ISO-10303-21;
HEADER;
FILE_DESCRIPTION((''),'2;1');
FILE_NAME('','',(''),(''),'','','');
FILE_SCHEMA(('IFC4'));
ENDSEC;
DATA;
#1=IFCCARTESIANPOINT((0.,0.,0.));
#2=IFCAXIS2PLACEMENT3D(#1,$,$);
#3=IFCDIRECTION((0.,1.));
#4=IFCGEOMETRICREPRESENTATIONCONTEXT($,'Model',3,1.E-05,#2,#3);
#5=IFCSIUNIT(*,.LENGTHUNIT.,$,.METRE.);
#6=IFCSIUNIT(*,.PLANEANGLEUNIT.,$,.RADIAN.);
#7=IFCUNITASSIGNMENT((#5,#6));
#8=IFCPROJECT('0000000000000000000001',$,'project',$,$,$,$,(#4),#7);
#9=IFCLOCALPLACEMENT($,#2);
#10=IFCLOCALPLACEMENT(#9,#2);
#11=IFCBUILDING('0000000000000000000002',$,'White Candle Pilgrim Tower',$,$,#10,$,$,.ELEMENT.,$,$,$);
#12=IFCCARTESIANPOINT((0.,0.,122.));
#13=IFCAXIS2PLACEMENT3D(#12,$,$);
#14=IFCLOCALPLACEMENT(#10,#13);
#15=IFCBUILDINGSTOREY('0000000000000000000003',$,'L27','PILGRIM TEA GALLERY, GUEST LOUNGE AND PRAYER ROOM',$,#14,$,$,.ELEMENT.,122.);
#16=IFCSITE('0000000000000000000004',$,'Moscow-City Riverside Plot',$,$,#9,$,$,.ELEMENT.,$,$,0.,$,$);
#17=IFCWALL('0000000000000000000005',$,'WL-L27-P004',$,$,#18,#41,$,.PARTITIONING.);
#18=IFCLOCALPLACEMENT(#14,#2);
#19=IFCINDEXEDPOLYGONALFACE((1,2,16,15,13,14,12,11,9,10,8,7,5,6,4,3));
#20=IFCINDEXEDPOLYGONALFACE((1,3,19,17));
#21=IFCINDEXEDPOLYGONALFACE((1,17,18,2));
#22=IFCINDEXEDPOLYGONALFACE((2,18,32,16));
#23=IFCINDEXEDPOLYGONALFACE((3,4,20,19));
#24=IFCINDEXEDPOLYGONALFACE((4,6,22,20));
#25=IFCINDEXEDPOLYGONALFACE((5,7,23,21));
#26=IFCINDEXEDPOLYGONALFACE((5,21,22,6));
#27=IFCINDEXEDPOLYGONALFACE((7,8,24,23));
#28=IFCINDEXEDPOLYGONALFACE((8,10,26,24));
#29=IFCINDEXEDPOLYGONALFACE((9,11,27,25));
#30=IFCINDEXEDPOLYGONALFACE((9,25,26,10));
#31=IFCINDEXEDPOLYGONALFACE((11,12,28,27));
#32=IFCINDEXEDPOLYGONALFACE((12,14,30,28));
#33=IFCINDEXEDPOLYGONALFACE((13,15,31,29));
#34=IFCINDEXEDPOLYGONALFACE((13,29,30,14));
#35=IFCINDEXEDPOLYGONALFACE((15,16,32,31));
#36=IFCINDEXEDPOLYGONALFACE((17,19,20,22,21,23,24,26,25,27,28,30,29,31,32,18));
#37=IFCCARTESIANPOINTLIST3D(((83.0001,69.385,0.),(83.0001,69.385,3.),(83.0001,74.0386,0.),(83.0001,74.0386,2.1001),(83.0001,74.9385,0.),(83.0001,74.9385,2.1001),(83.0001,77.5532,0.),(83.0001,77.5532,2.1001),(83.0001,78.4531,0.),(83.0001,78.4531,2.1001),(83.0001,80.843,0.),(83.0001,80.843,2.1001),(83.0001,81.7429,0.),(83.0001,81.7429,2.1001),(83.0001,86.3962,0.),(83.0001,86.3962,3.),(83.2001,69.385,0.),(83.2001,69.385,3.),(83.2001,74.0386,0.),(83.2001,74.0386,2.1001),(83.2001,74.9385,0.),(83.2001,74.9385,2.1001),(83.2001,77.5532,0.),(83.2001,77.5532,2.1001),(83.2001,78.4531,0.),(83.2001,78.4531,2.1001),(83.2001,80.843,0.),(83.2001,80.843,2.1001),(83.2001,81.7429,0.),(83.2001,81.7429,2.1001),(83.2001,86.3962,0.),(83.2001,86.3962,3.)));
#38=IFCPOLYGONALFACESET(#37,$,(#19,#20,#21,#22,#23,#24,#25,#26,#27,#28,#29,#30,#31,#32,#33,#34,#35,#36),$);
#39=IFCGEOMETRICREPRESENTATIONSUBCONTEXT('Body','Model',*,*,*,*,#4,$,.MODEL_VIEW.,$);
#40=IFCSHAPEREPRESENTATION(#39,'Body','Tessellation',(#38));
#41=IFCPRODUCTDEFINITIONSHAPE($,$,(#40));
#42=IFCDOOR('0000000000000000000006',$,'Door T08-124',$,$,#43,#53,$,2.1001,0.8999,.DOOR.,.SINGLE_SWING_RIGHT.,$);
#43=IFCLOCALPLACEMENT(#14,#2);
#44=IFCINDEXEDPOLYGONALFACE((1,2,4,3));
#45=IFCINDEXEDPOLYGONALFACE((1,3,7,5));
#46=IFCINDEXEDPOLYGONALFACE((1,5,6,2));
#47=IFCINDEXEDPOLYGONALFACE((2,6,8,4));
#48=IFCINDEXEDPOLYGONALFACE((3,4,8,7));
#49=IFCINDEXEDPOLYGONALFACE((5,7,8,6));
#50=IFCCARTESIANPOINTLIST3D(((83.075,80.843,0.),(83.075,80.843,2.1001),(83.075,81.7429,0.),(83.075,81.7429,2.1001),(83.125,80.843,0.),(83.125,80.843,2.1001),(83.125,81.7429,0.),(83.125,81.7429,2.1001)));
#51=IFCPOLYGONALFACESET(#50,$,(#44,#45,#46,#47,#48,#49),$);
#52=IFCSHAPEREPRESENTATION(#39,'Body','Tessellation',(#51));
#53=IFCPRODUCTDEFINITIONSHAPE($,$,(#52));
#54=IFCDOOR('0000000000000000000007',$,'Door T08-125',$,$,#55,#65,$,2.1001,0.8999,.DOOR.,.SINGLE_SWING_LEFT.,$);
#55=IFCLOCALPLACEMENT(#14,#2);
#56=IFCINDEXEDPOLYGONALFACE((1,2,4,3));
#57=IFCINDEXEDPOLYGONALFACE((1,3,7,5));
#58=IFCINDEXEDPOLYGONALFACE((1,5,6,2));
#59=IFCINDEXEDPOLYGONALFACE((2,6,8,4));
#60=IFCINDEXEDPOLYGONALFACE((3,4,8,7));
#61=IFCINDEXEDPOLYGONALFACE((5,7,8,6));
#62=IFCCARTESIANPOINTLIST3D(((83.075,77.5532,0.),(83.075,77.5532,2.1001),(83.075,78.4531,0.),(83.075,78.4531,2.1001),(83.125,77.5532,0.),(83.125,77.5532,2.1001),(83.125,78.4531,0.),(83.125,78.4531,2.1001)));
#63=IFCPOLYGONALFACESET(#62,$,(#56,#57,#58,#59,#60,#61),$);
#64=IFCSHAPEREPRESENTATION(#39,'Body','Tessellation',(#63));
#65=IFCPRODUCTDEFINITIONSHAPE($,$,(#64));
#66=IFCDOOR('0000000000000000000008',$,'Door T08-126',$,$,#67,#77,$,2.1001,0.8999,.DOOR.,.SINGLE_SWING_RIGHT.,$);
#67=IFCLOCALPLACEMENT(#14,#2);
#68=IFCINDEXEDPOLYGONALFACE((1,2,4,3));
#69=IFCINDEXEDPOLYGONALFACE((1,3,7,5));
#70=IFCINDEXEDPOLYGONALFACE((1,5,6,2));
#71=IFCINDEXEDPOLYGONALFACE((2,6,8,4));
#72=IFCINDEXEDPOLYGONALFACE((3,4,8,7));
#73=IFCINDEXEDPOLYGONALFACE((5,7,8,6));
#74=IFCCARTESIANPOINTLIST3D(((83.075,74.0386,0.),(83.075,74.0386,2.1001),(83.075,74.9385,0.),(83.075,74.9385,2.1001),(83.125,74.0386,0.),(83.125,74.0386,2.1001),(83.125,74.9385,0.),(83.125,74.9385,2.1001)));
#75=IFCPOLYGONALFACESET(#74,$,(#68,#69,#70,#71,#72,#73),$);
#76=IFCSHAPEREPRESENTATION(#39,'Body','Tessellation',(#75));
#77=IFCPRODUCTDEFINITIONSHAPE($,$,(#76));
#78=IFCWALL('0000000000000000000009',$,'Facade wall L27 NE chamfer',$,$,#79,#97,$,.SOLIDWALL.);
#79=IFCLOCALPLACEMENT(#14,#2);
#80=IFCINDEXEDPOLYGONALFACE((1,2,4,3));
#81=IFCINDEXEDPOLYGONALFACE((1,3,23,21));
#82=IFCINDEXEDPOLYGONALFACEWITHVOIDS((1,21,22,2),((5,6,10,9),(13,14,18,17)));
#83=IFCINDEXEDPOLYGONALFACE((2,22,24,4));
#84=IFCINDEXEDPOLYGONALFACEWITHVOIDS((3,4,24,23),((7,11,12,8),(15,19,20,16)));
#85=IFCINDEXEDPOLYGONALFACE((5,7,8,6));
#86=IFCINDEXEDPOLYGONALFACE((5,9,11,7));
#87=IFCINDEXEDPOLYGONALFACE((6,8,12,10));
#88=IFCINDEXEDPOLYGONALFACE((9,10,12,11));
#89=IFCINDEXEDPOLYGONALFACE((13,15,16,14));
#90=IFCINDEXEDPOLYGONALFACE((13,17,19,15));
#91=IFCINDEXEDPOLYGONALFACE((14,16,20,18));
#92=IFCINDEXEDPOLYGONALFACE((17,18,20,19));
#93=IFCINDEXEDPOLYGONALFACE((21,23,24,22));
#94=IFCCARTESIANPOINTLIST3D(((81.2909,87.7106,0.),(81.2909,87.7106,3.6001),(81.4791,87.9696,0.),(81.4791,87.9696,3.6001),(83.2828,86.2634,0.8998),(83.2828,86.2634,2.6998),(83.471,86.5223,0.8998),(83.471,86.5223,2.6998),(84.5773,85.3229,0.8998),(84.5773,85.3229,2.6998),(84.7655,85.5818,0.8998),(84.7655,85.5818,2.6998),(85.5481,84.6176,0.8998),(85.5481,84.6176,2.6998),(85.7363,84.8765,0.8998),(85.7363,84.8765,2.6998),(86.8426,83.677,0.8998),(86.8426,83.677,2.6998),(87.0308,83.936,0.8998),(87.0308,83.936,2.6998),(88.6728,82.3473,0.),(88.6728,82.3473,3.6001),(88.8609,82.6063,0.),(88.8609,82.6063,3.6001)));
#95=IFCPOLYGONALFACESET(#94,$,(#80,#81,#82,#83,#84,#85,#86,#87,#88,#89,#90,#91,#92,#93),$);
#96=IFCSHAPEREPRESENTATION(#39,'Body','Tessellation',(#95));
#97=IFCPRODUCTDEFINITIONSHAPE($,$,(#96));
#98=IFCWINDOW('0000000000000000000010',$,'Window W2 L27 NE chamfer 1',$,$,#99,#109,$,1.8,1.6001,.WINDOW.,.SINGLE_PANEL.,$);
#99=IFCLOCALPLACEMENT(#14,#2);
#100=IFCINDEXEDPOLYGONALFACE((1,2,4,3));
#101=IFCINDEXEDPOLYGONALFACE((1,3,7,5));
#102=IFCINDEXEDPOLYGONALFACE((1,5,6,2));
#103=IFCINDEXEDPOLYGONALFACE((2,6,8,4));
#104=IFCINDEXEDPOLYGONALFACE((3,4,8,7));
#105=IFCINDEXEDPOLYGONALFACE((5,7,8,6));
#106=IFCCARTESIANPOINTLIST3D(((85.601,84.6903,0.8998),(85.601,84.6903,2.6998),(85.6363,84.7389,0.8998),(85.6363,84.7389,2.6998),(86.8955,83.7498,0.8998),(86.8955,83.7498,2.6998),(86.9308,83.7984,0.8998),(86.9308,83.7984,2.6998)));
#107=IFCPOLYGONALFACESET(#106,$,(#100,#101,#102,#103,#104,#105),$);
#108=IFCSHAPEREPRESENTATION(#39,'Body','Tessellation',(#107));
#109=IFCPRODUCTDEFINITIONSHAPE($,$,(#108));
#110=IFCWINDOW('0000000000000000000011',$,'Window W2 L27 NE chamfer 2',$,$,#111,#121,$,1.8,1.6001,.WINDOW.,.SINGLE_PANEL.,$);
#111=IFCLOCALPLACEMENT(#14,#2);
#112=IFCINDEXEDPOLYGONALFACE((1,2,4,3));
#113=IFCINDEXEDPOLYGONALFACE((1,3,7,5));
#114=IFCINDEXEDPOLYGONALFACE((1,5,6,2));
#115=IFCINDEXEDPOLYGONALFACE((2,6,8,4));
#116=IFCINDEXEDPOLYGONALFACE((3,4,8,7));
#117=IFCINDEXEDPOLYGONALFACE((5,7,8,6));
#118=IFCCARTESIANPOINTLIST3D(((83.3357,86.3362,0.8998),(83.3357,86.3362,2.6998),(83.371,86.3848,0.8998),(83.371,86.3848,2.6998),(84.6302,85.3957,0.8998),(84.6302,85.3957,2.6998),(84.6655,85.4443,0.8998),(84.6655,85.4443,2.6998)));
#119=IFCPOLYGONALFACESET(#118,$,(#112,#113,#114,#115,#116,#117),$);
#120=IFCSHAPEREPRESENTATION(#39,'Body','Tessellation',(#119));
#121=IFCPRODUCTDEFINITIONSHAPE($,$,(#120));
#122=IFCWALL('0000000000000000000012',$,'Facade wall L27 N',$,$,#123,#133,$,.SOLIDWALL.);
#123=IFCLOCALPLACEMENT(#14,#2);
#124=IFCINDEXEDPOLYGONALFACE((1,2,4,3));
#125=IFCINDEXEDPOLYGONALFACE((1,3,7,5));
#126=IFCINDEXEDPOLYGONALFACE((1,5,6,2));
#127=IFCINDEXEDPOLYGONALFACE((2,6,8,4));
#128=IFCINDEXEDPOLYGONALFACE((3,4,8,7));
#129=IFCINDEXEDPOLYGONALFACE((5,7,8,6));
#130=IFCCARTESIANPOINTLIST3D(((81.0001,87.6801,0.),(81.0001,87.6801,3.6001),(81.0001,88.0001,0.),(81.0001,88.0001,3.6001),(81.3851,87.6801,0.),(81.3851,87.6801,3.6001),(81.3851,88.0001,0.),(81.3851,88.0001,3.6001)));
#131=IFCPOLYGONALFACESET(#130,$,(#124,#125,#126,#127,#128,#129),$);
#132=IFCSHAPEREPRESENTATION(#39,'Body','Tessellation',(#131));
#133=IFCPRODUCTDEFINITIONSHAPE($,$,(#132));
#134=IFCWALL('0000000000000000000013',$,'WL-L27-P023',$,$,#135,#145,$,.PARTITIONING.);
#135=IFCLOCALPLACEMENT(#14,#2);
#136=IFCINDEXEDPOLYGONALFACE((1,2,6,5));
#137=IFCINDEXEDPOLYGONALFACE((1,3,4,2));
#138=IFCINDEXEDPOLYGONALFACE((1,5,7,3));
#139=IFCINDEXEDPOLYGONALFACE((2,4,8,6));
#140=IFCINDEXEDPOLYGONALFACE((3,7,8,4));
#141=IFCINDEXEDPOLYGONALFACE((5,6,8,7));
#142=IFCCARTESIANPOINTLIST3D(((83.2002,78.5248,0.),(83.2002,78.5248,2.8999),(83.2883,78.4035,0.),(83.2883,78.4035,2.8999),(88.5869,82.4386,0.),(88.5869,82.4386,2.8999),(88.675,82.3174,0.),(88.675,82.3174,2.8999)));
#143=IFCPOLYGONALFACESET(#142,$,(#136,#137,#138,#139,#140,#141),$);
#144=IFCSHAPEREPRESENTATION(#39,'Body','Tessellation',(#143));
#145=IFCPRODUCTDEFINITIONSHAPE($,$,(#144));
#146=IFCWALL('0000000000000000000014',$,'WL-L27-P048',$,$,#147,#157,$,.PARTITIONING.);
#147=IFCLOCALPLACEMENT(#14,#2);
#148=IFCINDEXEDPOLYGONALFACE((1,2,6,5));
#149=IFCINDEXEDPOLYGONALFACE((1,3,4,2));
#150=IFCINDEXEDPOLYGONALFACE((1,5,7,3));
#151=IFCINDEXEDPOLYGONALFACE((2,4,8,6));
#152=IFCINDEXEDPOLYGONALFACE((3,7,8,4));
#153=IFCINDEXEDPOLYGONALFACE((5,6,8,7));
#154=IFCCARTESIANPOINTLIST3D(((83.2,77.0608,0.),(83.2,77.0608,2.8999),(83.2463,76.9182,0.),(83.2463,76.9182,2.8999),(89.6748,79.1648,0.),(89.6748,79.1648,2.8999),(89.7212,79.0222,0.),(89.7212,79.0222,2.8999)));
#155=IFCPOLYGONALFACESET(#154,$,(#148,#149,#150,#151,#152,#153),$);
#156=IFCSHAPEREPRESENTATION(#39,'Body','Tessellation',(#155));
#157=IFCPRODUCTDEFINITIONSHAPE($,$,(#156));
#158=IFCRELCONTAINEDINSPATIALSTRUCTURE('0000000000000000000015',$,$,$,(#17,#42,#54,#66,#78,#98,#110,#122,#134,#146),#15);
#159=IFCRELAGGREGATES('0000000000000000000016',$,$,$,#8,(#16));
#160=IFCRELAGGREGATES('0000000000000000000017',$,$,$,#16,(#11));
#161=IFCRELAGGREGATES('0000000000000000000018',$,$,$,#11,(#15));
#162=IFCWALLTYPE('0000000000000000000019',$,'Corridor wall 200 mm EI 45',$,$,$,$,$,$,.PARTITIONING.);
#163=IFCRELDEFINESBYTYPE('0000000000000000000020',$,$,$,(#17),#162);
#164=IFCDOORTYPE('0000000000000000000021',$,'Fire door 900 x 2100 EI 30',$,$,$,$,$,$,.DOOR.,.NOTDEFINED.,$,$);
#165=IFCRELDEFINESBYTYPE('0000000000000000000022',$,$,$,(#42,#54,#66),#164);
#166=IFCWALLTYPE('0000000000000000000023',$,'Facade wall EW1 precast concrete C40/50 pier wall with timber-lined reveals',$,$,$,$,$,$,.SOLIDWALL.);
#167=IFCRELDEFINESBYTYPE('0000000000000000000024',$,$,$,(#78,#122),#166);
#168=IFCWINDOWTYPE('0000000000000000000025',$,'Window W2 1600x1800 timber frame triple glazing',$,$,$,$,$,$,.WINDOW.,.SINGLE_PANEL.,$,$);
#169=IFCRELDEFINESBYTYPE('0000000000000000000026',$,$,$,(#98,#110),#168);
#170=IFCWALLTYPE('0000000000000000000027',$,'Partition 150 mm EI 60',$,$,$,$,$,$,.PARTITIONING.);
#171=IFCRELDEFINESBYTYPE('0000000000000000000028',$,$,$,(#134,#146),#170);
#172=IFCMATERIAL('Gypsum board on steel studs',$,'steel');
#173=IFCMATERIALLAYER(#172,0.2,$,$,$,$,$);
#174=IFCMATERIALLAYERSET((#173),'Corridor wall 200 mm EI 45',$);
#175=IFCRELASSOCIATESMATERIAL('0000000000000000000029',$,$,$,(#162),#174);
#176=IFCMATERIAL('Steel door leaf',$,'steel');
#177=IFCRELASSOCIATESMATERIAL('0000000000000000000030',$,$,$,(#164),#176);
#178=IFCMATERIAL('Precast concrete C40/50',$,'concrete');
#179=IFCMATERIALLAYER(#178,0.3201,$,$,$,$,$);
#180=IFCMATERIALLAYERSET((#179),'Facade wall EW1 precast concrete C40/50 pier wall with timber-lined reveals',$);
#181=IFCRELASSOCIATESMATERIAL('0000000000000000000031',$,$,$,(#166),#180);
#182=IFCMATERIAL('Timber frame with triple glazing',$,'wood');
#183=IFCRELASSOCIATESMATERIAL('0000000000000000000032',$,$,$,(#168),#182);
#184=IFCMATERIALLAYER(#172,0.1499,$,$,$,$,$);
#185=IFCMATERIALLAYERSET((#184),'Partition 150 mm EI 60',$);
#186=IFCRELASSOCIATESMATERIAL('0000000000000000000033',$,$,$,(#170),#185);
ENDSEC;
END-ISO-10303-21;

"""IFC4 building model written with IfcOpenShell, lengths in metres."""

from ifc_helpers import new_model, si_unit, direction, frame, frame_2d, origin, place, context, subcontext, project, spatial, rectangle, extrude, material, layer, layer_set, type_object, element, fill, save


model = new_model("IFC4")

# Units and contexts
model_context = context("Model", 3, precision=1e-05, world=origin(), true_north=direction((0.0, 1.0)))
body_context = subcontext(model_context, "Body", "Model", "MODEL_VIEW")
ifc_project = project(units=[si_unit("LENGTHUNIT", "METRE"), si_unit("PLANEANGLEUNIT", "RADIAN")], contexts=[model_context])

# Site, building, storey
site_placement = place(None, origin())
site = spatial("IfcSite", under=ifc_project, at=site_placement, Name="Moscow-City Riverside Plot", CompositionType="ELEMENT", RefElevation=0.0)
building_placement = place(site_placement, origin())
building = spatial("IfcBuilding", under=site, at=building_placement, Name="White Candle Pilgrim Tower", CompositionType="ELEMENT")
storey_placement = place(building_placement, frame((0.0, 0.0, 122.0)))
storey = spatial("IfcBuildingStorey", under=building, at=storey_placement, Name="L27", Description="PILGRIM TEA GALLERY, GUEST LOUNGE AND PRAYER ROOM", CompositionType="ELEMENT", Elevation=122.0)

# Shared definitions
ifc_material_1 = material(Name="Steel door leaf", Category="steel")

# Wall, openings, doors
ifc_material_2 = material(Name="Gypsum board on steel studs", Category="steel")
ifc_layer_1 = layer(ifc_material_2, 0.2)
ifc_layer_set_1 = layer_set([ifc_layer_1], Name="Corridor wall 200 mm EI 45")
wall_type_1 = type_object("IfcWallType", Name="Corridor wall 200 mm EI 45", PredefinedType="PARTITIONING", material=ifc_layer_set_1)
wall_1_placement = place(storey_placement, frame((83.1001, 86.3962, 0.0), z_axis=(0.0, 0.0, 1.0), x_axis=(0.0, -1.0, 0.0)))
wall_1 = element("IfcWall", 1, at=wall_1_placement, inside=storey, type_object=wall_type_1, Name="WL-L27-P004", PredefinedType="PARTITIONING", context=body_context, shape_type="SweptSolid", body=[
    extrude(rectangle(XDim=17.0112, YDim=0.2, at=frame_2d((8.5056, 0.0))), origin(), (0.0, 0.0, 1.0), 3.0),
])
opening_1_placement = place(wall_1_placement, frame((4.6533, 0.0, 0.0)))
opening_1 = element("IfcOpeningElement", 2, at=opening_1_placement, cuts=wall_1, PredefinedType="OPENING", context=body_context, shape_type="SweptSolid", body=[
    extrude(rectangle(XDim=0.8999, YDim=2.1001, at=frame_2d((0.45, 1.05))), frame((0.0, 0.1099, 0.0), z_axis=(0.0, -1.0, 0.0), x_axis=(1.0, 0.0, 0.0)), (0.0, 0.0, 1.0), 0.22),
])
opening_2_placement = place(wall_1_placement, frame((7.9431, 0.0, 0.0)))
opening_2 = element("IfcOpeningElement", 3, at=opening_2_placement, cuts=wall_1, PredefinedType="OPENING", context=body_context, shape_type="SweptSolid", body=[
    extrude(rectangle(XDim=0.8999, YDim=2.1001, at=frame_2d((0.45, 1.05))), frame((0.0, 0.1099, 0.0), z_axis=(0.0, -1.0, 0.0), x_axis=(1.0, 0.0, 0.0)), (0.0, 0.0, 1.0), 0.22),
])
opening_3_placement = place(wall_1_placement, frame((11.4578, 0.0, 0.0)))
opening_3 = element("IfcOpeningElement", 4, at=opening_3_placement, cuts=wall_1, PredefinedType="OPENING", context=body_context, shape_type="SweptSolid", body=[
    extrude(rectangle(XDim=0.8999, YDim=2.1001, at=frame_2d((0.45, 1.05))), frame((0.0, 0.1099, 0.0), z_axis=(0.0, -1.0, 0.0), x_axis=(1.0, 0.0, 0.0)), (0.0, 0.0, 1.0), 0.22),
])
door_type_1 = type_object("IfcDoorType", Name="Fire door 900 x 2100 EI 30", OperationType="NOTDEFINED", PredefinedType="DOOR", material=ifc_material_1)
door_1_placement = place(opening_1_placement, origin())
door_1 = element("IfcDoor", 5, at=door_1_placement, inside=storey, type_object=door_type_1, Name="Door T08-124", OperationType="SINGLE_SWING_RIGHT", OverallHeight=2.1001, OverallWidth=0.8999, PredefinedType="DOOR", context=body_context, shape_type="SweptSolid", body=[
    extrude(rectangle(XDim=0.8999, YDim=2.1001, at=frame_2d((0.45, 1.05))), frame((0.0, 0.0249, 0.0), z_axis=(0.0, -1.0, 0.0), x_axis=(1.0, 0.0, 0.0)), (0.0, 0.0, 1.0), 0.05),
])
fill(opening_1, door_1)
door_2_placement = place(opening_2_placement, origin())
door_2 = element("IfcDoor", 6, at=door_2_placement, inside=storey, type_object=door_type_1, Name="Door T08-125", OperationType="SINGLE_SWING_LEFT", OverallHeight=2.1001, OverallWidth=0.8999, PredefinedType="DOOR", context=body_context, shape_type="SweptSolid", body=[
    extrude(rectangle(XDim=0.8999, YDim=2.1001, at=frame_2d((0.45, 1.05))), frame((0.0, 0.0249, 0.0), z_axis=(0.0, -1.0, 0.0), x_axis=(1.0, 0.0, 0.0)), (0.0, 0.0, 1.0), 0.05),
])
fill(opening_2, door_2)
door_3_placement = place(opening_3_placement, origin())
door_3 = element("IfcDoor", 7, at=door_3_placement, inside=storey, type_object=door_type_1, Name="Door T08-126", OperationType="SINGLE_SWING_RIGHT", OverallHeight=2.1001, OverallWidth=0.8999, PredefinedType="DOOR", context=body_context, shape_type="SweptSolid", body=[
    extrude(rectangle(XDim=0.8999, YDim=2.1001, at=frame_2d((0.45, 1.05))), frame((0.0, 0.0249, 0.0), z_axis=(0.0, -1.0, 0.0), x_axis=(1.0, 0.0, 0.0)), (0.0, 0.0, 1.0), 0.05),
])
fill(opening_3, door_3)

# Wall, openings, windows
ifc_material_3 = material(Name="Precast concrete C40/50", Category="concrete")
ifc_layer_2 = layer(ifc_material_3, 0.3201)
ifc_layer_set_2 = layer_set([ifc_layer_2], Name="Facade wall EW1 precast concrete C40/50 pier wall with timber-lined reveals")
wall_type_2 = type_object("IfcWallType", Name="Facade wall EW1 precast concrete C40/50 pier wall with timber-lined reveals", PredefinedType="SOLIDWALL", material=ifc_layer_set_2)
wall_2_placement = place(storey_placement, frame((88.7668, 82.4768, 0.0), z_axis=(0.0, 0.0, 1.0), x_axis=(-0.809014, 0.58779, 0.0)))
wall_2 = element("IfcWall", 8, at=wall_2_placement, inside=storey, type_object=wall_type_2, Name="Facade wall L27 NE chamfer", PredefinedType="SOLIDWALL", context=body_context, shape_type="SweptSolid", body=[
    extrude(rectangle(XDim=9.1245, YDim=0.3201, at=frame_2d((4.5623, 0.0))), origin(), (0.0, 0.0, 1.0), 3.6001),
])
opening_4_placement = place(wall_2_placement, frame((2.2622, 0.0, 0.8999)))
opening_4 = element("IfcOpeningElement", 9, at=opening_4_placement, cuts=wall_2, PredefinedType="OPENING", context=body_context, shape_type="SweptSolid", body=[
    extrude(rectangle(XDim=1.6001, YDim=1.8, at=frame_2d((0.8, 0.8999))), frame((0.0, 0.1699, 0.0), z_axis=(0.0, -1.0, 0.0), x_axis=(1.0, 0.0, 0.0)), (0.0, 0.0, 1.0), 0.3401),
])
opening_5_placement = place(wall_2_placement, frame((5.0623, 0.0, 0.8999)))
opening_5 = element("IfcOpeningElement", 10, at=opening_5_placement, cuts=wall_2, PredefinedType="OPENING", context=body_context, shape_type="SweptSolid", body=[
    extrude(rectangle(XDim=1.6001, YDim=1.8, at=frame_2d((0.8, 0.8999))), frame((0.0, 0.1699, 0.0), z_axis=(0.0, -1.0, 0.0), x_axis=(1.0, 0.0, 0.0)), (0.0, 0.0, 1.0), 0.3401),
])
ifc_material_4 = material(Name="Timber frame with triple glazing", Category="wood")
window_type = type_object("IfcWindowType", Name="Window W2 1600x1800 timber frame triple glazing", PartitioningType="SINGLE_PANEL", PredefinedType="WINDOW", material=ifc_material_4)
window_1_placement = place(opening_4_placement, origin())
window_1 = element("IfcWindow", 11, at=window_1_placement, inside=storey, type_object=window_type, Name="Window W2 L27 NE chamfer 1", OverallHeight=1.8, OverallWidth=1.6001, PartitioningType="SINGLE_PANEL", PredefinedType="WINDOW", context=body_context, shape_type="SweptSolid", body=[
    extrude(rectangle(XDim=1.6001, YDim=1.8, at=frame_2d((0.8, 0.8999))), frame((0.0, 0.0701, 0.0), z_axis=(0.0, -1.0, 0.0), x_axis=(1.0, 0.0, 0.0)), (0.0, 0.0, 1.0), 0.0601),
])
fill(opening_4, window_1)
window_2_placement = place(opening_5_placement, origin())
window_2 = element("IfcWindow", 12, at=window_2_placement, inside=storey, type_object=window_type, Name="Window W2 L27 NE chamfer 2", OverallHeight=1.8, OverallWidth=1.6001, PartitioningType="SINGLE_PANEL", PredefinedType="WINDOW", context=body_context, shape_type="SweptSolid", body=[
    extrude(rectangle(XDim=1.6001, YDim=1.8, at=frame_2d((0.8, 0.8999))), frame((0.0, 0.0701, 0.0), z_axis=(0.0, -1.0, 0.0), x_axis=(1.0, 0.0, 0.0)), (0.0, 0.0, 1.0), 0.0601),
])
fill(opening_5, window_2)

# Walls
wall_3_placement = place(storey_placement, frame((81.385, 87.8401, 0.0), z_axis=(0.0, 0.0, 1.0), x_axis=(-1.0, 0.0, 0.0)))
element("IfcWall", 13, at=wall_3_placement, inside=storey, type_object=wall_type_2, Name="Facade wall L27 N", PredefinedType="SOLIDWALL", context=body_context, shape_type="SweptSolid", body=[
    extrude(rectangle(XDim=0.385, YDim=0.3201, at=frame_2d((0.1924, 0.0))), origin(), (0.0, 0.0, 1.0), 3.6001),
])
ifc_layer_3 = layer(ifc_material_2, 0.1499)
ifc_layer_set_3 = layer_set([ifc_layer_3], Name="Partition 150 mm EI 60")
wall_type_3 = type_object("IfcWallType", Name="Partition 150 mm EI 60", PredefinedType="PARTITIONING", material=ifc_layer_set_3)
wall_4_placement = place(storey_placement, frame((88.6309, 82.3779, 0.0), z_axis=(0.0, 0.0, 1.0), x_axis=(-0.809007, -0.587799, 0.0)))
element("IfcWall", 14, at=wall_4_placement, inside=storey, type_object=wall_type_3, Name="WL-L27-P023", PredefinedType="PARTITIONING", context=body_context, shape_type="SweptSolid", body=[
    extrude(rectangle(XDim=6.6584, YDim=0.1499, at=frame_2d((3.3291, 0.0))), origin(), (0.0, 0.0, 1.0), 2.8999),
])
wall_5_placement = place(storey_placement, frame((89.698, 79.0935, 0.0), z_axis=(0.0, 0.0, 1.0), x_axis=(-0.951048, -0.309043, 0.0)))
element("IfcWall", 15, at=wall_5_placement, inside=storey, type_object=wall_type_3, Name="WL-L27-P048", PredefinedType="PARTITIONING", context=body_context, shape_type="SweptSolid", body=[
    extrude(rectangle(XDim=6.8081, YDim=0.1499, at=frame_2d((3.4041, 0.0))), origin(), (0.0, 0.0, 1.0), 2.8999),
])

save(model, "model.ifc")
